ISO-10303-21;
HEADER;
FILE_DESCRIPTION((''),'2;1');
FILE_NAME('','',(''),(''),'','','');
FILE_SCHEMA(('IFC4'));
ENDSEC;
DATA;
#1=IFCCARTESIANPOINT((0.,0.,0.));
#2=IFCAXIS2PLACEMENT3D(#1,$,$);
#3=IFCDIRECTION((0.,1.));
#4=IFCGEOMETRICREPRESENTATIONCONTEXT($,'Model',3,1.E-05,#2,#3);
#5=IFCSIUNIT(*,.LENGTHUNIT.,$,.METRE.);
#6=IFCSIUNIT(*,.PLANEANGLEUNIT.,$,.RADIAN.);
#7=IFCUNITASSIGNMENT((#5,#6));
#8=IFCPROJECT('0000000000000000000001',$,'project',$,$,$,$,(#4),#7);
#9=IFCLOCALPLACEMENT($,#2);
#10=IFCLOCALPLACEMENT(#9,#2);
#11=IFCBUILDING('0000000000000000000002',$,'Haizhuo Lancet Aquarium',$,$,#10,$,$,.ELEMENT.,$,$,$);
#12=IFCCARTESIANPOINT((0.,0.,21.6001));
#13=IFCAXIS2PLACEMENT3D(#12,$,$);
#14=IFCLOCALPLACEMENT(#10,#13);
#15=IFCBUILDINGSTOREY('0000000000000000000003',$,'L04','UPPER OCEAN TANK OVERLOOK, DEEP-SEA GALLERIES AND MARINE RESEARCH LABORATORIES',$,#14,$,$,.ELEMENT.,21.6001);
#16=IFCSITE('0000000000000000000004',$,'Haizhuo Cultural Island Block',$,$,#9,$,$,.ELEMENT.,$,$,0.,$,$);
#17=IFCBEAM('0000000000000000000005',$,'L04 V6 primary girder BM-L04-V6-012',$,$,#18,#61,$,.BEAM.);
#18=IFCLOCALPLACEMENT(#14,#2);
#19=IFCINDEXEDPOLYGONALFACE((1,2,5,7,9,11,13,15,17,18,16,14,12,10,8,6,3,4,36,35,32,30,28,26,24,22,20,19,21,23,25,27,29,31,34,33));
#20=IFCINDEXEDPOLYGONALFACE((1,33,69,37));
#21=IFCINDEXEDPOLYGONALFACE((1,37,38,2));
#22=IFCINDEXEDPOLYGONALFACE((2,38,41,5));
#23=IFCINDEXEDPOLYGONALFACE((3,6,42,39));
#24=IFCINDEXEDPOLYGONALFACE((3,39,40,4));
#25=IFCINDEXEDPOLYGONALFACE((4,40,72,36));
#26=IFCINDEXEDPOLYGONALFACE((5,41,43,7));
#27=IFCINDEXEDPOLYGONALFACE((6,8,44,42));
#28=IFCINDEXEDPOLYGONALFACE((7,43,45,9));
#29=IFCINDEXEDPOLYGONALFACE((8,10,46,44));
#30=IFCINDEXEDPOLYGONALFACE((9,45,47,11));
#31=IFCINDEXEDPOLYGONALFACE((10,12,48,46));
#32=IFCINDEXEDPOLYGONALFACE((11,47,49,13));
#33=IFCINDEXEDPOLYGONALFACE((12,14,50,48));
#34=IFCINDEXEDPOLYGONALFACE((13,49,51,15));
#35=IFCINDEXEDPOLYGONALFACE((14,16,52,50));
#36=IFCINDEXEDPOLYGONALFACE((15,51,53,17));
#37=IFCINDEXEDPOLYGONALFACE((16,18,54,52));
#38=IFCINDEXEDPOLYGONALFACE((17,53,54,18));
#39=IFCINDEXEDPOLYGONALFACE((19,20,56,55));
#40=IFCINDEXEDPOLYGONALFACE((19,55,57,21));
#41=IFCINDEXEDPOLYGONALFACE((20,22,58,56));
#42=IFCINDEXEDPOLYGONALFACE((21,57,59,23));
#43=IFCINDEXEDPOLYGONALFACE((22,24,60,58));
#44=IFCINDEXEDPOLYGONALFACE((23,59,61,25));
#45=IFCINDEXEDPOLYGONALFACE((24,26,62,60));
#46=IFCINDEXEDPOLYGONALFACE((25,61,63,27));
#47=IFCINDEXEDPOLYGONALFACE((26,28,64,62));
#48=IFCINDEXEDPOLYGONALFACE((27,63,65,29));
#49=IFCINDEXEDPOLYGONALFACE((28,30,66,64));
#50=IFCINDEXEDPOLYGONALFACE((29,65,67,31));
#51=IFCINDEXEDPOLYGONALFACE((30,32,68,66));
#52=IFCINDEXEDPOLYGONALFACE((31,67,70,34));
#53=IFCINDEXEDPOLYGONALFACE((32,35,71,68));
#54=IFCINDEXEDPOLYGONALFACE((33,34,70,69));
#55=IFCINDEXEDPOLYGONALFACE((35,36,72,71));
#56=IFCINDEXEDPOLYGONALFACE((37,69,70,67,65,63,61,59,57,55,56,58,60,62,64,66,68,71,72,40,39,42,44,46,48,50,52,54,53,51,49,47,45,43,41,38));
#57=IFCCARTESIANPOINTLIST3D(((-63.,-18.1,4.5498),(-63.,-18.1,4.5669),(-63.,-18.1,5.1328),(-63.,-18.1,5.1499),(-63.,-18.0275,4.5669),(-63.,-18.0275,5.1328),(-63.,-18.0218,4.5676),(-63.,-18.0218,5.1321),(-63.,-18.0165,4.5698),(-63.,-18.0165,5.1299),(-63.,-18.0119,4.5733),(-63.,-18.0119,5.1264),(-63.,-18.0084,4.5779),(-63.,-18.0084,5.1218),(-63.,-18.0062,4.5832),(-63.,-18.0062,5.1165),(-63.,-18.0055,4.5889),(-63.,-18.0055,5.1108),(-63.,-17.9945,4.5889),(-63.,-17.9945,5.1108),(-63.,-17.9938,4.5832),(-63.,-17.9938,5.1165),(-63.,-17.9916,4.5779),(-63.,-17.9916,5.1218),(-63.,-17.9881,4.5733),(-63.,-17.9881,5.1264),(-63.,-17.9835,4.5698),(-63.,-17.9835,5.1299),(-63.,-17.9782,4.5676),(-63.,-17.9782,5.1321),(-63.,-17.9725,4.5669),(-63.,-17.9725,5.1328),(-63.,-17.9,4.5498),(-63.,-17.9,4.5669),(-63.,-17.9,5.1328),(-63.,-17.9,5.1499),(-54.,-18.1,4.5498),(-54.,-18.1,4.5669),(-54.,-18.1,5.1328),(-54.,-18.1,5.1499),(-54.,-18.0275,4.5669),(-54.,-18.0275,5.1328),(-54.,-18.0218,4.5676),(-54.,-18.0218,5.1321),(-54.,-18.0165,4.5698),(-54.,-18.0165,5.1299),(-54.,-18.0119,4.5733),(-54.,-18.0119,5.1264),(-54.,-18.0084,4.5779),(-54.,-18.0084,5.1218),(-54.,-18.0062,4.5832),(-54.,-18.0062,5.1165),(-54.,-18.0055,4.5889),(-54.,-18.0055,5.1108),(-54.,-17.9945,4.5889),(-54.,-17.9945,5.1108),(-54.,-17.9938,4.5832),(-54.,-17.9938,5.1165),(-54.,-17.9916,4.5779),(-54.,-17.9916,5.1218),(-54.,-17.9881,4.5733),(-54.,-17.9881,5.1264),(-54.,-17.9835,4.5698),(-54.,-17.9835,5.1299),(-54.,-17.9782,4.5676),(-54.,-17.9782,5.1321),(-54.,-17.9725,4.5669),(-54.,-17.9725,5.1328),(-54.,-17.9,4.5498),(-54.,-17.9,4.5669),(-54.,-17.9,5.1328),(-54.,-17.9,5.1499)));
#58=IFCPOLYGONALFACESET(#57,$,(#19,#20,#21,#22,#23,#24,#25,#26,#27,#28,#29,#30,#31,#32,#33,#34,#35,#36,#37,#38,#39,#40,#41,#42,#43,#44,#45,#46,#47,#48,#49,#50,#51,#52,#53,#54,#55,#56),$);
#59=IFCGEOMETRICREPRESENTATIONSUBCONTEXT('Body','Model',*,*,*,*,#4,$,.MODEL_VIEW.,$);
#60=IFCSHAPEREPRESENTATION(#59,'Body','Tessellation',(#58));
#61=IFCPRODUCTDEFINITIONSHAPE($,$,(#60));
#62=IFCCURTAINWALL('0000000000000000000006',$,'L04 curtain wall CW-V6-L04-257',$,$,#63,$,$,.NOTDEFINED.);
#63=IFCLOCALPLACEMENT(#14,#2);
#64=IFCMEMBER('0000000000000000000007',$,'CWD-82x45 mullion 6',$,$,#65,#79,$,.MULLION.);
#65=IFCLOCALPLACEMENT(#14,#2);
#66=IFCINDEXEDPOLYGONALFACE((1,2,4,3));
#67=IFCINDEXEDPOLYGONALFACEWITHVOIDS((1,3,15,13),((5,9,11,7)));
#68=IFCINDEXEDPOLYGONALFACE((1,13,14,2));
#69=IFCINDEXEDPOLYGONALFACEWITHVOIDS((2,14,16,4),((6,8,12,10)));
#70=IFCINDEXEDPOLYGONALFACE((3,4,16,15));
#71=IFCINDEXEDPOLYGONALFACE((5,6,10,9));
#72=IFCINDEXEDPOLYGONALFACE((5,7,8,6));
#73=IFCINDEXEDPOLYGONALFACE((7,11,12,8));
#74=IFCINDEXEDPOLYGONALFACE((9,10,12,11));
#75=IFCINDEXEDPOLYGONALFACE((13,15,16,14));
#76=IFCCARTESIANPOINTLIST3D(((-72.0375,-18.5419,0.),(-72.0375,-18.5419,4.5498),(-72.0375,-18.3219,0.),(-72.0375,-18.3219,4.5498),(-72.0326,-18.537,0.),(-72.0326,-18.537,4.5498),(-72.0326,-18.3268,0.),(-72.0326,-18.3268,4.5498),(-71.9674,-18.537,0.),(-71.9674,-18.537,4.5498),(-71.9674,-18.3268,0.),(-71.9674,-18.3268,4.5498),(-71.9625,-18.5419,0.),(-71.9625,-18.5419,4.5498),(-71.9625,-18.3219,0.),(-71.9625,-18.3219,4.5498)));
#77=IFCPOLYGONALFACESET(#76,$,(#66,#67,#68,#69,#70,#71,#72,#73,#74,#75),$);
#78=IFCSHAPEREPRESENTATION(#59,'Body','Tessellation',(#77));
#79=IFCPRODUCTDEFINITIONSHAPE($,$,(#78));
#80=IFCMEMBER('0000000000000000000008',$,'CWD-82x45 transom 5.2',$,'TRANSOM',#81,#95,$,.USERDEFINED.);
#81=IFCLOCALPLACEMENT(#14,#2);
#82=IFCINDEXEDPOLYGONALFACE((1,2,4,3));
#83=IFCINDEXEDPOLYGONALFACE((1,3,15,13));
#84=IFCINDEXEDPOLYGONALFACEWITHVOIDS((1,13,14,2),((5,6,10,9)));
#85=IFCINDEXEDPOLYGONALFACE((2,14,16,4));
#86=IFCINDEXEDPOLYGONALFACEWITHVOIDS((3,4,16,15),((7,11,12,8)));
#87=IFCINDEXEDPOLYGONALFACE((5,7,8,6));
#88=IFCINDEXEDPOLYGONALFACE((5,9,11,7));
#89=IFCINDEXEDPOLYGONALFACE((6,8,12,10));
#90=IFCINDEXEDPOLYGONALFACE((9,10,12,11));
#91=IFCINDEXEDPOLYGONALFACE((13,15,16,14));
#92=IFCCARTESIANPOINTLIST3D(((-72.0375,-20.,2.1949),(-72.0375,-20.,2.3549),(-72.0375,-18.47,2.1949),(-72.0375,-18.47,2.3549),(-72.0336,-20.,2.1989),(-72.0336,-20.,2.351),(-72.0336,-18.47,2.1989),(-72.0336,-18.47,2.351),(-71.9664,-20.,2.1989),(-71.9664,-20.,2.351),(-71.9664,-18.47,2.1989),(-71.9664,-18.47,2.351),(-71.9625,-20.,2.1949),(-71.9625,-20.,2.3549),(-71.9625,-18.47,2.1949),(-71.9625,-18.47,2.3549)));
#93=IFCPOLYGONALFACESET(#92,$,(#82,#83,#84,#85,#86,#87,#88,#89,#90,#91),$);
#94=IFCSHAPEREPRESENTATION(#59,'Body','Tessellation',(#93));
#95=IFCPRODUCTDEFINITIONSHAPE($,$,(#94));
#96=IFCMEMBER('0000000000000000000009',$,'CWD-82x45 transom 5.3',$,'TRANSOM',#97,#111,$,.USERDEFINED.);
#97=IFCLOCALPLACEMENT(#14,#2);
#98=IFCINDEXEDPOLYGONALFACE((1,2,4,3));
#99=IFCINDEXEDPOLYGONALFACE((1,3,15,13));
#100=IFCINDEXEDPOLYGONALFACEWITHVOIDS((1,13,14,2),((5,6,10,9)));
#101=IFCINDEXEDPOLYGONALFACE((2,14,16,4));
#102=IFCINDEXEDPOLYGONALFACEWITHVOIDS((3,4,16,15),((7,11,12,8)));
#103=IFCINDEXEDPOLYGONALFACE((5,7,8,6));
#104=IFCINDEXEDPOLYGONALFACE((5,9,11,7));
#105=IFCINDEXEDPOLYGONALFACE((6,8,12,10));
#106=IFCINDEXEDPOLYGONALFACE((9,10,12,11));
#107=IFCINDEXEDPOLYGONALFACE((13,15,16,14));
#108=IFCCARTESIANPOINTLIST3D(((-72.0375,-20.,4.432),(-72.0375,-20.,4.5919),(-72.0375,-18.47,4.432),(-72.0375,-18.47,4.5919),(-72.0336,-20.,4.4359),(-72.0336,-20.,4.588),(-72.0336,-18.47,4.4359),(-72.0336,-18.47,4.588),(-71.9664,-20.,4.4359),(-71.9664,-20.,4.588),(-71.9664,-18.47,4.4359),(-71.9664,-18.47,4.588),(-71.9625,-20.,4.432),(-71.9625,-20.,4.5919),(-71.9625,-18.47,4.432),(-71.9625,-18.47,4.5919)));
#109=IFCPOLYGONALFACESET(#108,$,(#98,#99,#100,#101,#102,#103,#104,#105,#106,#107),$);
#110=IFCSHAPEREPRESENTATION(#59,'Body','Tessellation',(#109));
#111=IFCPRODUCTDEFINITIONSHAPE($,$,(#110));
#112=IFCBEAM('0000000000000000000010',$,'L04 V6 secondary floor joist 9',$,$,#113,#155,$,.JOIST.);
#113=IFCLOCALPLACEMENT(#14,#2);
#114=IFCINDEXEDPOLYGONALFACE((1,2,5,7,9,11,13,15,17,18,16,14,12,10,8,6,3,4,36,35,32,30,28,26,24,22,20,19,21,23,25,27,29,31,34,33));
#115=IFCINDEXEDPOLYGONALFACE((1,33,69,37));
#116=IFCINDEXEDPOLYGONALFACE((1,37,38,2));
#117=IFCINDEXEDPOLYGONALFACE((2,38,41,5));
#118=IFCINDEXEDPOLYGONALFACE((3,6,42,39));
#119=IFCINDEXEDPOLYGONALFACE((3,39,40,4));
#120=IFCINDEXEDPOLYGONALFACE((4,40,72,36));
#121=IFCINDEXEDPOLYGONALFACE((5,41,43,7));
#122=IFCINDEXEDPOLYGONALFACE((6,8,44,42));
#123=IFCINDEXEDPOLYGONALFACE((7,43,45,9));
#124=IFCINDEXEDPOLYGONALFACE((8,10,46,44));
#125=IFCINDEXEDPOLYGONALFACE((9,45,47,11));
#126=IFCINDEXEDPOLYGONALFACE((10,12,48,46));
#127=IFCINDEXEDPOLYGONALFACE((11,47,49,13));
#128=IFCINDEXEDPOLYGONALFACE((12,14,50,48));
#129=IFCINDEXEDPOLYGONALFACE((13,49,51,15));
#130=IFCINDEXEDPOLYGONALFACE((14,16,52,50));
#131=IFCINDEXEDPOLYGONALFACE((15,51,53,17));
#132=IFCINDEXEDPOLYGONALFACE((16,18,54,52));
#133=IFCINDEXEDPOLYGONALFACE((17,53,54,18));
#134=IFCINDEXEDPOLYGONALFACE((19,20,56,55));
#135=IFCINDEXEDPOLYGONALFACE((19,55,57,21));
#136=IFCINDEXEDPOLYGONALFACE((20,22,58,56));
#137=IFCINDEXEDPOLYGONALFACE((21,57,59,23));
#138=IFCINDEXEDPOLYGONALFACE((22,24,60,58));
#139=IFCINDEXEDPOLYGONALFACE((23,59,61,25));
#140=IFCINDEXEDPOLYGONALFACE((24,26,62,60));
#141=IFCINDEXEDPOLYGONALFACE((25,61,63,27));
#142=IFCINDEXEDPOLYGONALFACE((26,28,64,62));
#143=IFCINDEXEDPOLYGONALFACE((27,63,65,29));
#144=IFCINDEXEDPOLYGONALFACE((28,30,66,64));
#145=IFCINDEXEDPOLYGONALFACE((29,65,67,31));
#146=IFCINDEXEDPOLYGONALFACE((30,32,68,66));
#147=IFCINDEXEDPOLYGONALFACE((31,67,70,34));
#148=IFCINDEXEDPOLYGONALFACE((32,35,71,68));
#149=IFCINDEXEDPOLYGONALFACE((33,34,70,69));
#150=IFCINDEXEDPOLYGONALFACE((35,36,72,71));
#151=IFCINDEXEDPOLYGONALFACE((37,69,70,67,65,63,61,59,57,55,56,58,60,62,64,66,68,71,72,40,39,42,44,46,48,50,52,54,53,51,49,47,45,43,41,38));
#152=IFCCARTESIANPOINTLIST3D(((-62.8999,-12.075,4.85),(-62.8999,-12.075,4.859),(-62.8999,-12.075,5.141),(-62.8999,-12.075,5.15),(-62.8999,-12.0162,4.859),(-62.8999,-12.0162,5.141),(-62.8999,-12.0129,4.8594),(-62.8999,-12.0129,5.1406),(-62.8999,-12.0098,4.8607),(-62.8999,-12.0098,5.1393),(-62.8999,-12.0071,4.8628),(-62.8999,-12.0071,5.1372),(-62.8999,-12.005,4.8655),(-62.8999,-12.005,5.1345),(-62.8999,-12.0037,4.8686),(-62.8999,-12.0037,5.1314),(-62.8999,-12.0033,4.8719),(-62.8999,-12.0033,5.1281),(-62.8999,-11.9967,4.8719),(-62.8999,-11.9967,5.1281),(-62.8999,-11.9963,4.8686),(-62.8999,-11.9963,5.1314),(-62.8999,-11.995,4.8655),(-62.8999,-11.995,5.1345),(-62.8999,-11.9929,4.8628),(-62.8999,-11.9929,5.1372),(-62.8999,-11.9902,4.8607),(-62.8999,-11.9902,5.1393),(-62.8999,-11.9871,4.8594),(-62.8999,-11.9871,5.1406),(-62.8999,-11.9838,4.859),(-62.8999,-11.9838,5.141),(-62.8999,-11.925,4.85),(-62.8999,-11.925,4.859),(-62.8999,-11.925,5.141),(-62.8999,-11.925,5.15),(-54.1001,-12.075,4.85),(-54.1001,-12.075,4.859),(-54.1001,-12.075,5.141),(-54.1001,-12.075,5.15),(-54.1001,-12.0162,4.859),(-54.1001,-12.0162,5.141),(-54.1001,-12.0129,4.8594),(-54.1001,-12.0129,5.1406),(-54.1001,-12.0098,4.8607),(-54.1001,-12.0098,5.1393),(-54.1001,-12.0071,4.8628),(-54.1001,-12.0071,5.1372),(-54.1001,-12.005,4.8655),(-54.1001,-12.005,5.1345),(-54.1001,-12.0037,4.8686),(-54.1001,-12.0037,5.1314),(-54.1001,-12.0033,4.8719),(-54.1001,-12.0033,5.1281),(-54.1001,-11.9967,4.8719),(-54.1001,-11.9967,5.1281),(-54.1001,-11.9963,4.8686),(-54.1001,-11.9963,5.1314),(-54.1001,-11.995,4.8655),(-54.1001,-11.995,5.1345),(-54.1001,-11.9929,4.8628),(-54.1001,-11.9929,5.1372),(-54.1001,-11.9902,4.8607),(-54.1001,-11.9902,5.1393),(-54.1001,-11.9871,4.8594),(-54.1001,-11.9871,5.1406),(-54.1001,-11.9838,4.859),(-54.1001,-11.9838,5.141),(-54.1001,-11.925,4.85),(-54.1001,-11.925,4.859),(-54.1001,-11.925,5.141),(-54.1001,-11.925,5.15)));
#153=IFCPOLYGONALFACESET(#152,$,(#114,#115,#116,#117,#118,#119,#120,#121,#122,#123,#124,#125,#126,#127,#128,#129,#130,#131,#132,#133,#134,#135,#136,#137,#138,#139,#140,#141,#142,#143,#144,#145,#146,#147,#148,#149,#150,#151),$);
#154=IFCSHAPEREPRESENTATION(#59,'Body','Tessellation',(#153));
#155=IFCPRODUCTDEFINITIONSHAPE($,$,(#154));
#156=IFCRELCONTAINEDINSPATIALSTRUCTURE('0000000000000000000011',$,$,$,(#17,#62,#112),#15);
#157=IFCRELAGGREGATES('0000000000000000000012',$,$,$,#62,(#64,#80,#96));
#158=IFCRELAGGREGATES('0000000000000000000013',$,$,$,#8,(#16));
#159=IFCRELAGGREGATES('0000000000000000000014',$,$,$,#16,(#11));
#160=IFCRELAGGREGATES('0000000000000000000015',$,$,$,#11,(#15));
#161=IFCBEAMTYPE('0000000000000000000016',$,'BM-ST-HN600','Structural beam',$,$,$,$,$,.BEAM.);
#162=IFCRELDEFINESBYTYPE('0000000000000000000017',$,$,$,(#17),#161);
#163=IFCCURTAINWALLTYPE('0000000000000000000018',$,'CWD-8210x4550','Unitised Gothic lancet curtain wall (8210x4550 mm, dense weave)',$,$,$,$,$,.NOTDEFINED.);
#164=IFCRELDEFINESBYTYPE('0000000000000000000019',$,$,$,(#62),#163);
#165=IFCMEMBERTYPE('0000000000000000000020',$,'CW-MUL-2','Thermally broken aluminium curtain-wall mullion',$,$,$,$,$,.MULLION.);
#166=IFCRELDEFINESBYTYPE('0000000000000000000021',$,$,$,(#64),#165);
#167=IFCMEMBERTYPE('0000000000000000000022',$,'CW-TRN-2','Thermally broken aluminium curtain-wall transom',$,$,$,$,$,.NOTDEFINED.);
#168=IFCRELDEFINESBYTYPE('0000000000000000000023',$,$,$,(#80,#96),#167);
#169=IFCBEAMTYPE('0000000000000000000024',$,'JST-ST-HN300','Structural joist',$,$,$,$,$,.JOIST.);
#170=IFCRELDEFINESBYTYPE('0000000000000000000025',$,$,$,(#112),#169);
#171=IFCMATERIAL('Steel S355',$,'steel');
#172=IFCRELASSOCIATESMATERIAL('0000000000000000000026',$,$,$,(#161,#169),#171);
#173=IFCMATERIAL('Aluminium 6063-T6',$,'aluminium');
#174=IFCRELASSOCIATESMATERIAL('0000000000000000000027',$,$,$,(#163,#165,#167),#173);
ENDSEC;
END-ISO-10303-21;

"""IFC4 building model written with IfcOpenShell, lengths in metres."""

from ifc_helpers import new_model, si_unit, direction, frame, origin, origin_2d, place, context, subcontext, project, spatial, hollow_rectangle, i_section, extrude, material, material_profile, profile_set, type_object, element, aggregate, save


model = new_model("IFC4")

# Units and contexts
model_context = context("Model", 3, precision=1e-05, world=origin(), true_north=direction((0.0, 1.0)))
body_context = subcontext(model_context, "Body", "Model", "MODEL_VIEW")
ifc_project = project(units=[si_unit("LENGTHUNIT", "METRE"), si_unit("PLANEANGLEUNIT", "RADIAN")], contexts=[model_context])

# Site, building, storey
site_placement = place(None, origin())
site = spatial("IfcSite", under=ifc_project, at=site_placement, Name="Haizhuo Cultural Island Block", CompositionType="ELEMENT", RefElevation=0.0)
building_placement = place(site_placement, origin())
building = spatial("IfcBuilding", under=site, at=building_placement, Name="Haizhuo Lancet Aquarium", CompositionType="ELEMENT")
storey_placement = place(building_placement, frame((0.0, 0.0, 21.6001)))
storey = spatial("IfcBuildingStorey", under=building, at=storey_placement, Name="L04", Description="UPPER OCEAN TANK OVERLOOK, DEEP-SEA GALLERIES AND MARINE RESEARCH LABORATORIES", CompositionType="ELEMENT", Elevation=21.6001)

# Beam
ifc_material_1 = material(Name="Steel S355", Category="steel")
ifc_material_profile_1 = material_profile(ifc_material_1, i_section(OverallWidth=0.2, OverallDepth=0.6001, WebThickness=0.011, FlangeThickness=0.0171, FilletRadius=0.022, at=origin_2d()), Name="HN 600x200x11x17")
ifc_profile_set_1 = profile_set([ifc_material_profile_1], Name="Steel S355")
beam_type_1 = type_object("IfcBeamType", Name="BM-ST-HN600", Description="Structural beam", PredefinedType="BEAM", material=ifc_profile_set_1)
for number, where, z_axis, x_axis, name in (
    (1, (-63.0, -18.0, 4.8499), (1.0, 0.0, 0.0), (0.0, 1.0, 0.0), "L04 V6 primary girder BM-L04-V6-012"),
):
    element("IfcBeam", number, at=place(storey_placement, frame(where, z_axis=z_axis, x_axis=x_axis)), inside=storey, type_object=beam_type_1, Name=name, PredefinedType="BEAM", context=body_context, shape_type="SweptSolid", body=[
        extrude(i_section(OverallWidth=0.2, OverallDepth=0.6001, WebThickness=0.011, FlangeThickness=0.0171, FilletRadius=0.022, at=origin_2d()), origin(), (0.0, 0.0, 1.0), 9.0),
    ])

# Curtain wall, members
ifc_material_2 = material(Name="Aluminium 6063-T6", Category="aluminium")
curtain_wall_type = type_object("IfcCurtainWallType", Name="CWD-8210x4550", Description="Unitised Gothic lancet curtain wall (8210x4550 mm, dense weave)", PredefinedType="NOTDEFINED", material=ifc_material_2)
curtain_wall_placement = place(storey_placement, origin())
curtain_wall = element("IfcCurtainWall", 2, at=curtain_wall_placement, inside=storey, type_object=curtain_wall_type, Name="L04 curtain wall CW-V6-L04-257", PredefinedType="NOTDEFINED")
ifc_material_profile_2 = material_profile(ifc_material_2, hollow_rectangle(XDim=0.075, YDim=0.22, WallThickness=0.0049, at=origin_2d()), Name="ALU-M 75x220x5")
ifc_profile_set_2 = profile_set([ifc_material_profile_2], Name="Aluminium 6063-T6")
member_type_1 = type_object("IfcMemberType", Name="CW-MUL-2", Description="Thermally broken aluminium curtain-wall mullion", PredefinedType="MULLION", material=ifc_profile_set_2)
member_1_placement = place(storey_placement, frame((-72.0, -18.4319, 0.0), z_axis=(0.0, 0.0, 1.0), x_axis=(-1.0, 0.0, 0.0)))
member_1 = element("IfcMember", 3, at=member_1_placement, type_object=member_type_1, Name="CWD-82x45 mullion 6", PredefinedType="MULLION", context=body_context, shape_type="SweptSolid", body=[
    extrude(hollow_rectangle(XDim=0.075, YDim=0.22, WallThickness=0.0049, at=origin_2d()), origin(), (0.0, 0.0, 1.0), 4.5498),
])
ifc_material_profile_3 = material_profile(ifc_material_2, hollow_rectangle(XDim=0.075, YDim=0.1599, WallThickness=0.0039, at=origin_2d()), Name="ALU-T 75x160x4")
ifc_profile_set_3 = profile_set([ifc_material_profile_3], Name="Aluminium 6063-T6")
member_type_2 = type_object("IfcMemberType", Name="CW-TRN-2", Description="Thermally broken aluminium curtain-wall transom", PredefinedType="NOTDEFINED", material=ifc_profile_set_3)
member_2_placement = place(storey_placement, frame((-72.0, -20.0, 2.2749), z_axis=(0.0, 1.0, 0.0), x_axis=(-1.0, 0.0, 0.0)))
member_2 = element("IfcMember", 4, at=member_2_placement, type_object=member_type_2, Name="CWD-82x45 transom 5.2", ObjectType="TRANSOM", PredefinedType="USERDEFINED", context=body_context, shape_type="SweptSolid", body=[
    extrude(hollow_rectangle(XDim=0.075, YDim=0.1599, WallThickness=0.0039, at=origin_2d()), origin(), (0.0, 0.0, 1.0), 1.53),
])
member_3_placement = place(storey_placement, frame((-72.0, -20.0, 4.512), z_axis=(0.0, 1.0, 0.0), x_axis=(-1.0, 0.0, 0.0)))
member_3 = element("IfcMember", 5, at=member_3_placement, type_object=member_type_2, Name="CWD-82x45 transom 5.3", ObjectType="TRANSOM", PredefinedType="USERDEFINED", context=body_context, shape_type="SweptSolid", body=[
    extrude(hollow_rectangle(XDim=0.075, YDim=0.1599, WallThickness=0.0039, at=origin_2d()), origin(), (0.0, 0.0, 1.0), 1.53),
])

# Beam
ifc_material_profile_4 = material_profile(ifc_material_1, i_section(OverallWidth=0.1499, OverallDepth=0.3, WebThickness=0.0066, FlangeThickness=0.009, FilletRadius=0.0129, at=origin_2d()), Name="HN 300x150x6.5x9")
ifc_profile_set_4 = profile_set([ifc_material_profile_4], Name="Steel S355")
beam_type_2 = type_object("IfcBeamType", Name="JST-ST-HN300", Description="Structural joist", PredefinedType="JOIST", material=ifc_profile_set_4)
beam_1_placement = place(storey_placement, frame((-62.8999, -12.0, 5.0), z_axis=(1.0, 0.0, 0.0), x_axis=(0.0, 1.0, 0.0)))
element("IfcBeam", 6, at=beam_1_placement, inside=storey, type_object=beam_type_2, Name="L04 V6 secondary floor joist 9", PredefinedType="JOIST", context=body_context, shape_type="SweptSolid", body=[
    extrude(i_section(OverallWidth=0.1499, OverallDepth=0.3, WebThickness=0.0066, FlangeThickness=0.009, FilletRadius=0.0129, at=origin_2d()), origin(), (0.0, 0.0, 1.0), 8.7998),
])

aggregate(curtain_wall, [member_1, member_2, member_3])

save(model, "model.ifc")
